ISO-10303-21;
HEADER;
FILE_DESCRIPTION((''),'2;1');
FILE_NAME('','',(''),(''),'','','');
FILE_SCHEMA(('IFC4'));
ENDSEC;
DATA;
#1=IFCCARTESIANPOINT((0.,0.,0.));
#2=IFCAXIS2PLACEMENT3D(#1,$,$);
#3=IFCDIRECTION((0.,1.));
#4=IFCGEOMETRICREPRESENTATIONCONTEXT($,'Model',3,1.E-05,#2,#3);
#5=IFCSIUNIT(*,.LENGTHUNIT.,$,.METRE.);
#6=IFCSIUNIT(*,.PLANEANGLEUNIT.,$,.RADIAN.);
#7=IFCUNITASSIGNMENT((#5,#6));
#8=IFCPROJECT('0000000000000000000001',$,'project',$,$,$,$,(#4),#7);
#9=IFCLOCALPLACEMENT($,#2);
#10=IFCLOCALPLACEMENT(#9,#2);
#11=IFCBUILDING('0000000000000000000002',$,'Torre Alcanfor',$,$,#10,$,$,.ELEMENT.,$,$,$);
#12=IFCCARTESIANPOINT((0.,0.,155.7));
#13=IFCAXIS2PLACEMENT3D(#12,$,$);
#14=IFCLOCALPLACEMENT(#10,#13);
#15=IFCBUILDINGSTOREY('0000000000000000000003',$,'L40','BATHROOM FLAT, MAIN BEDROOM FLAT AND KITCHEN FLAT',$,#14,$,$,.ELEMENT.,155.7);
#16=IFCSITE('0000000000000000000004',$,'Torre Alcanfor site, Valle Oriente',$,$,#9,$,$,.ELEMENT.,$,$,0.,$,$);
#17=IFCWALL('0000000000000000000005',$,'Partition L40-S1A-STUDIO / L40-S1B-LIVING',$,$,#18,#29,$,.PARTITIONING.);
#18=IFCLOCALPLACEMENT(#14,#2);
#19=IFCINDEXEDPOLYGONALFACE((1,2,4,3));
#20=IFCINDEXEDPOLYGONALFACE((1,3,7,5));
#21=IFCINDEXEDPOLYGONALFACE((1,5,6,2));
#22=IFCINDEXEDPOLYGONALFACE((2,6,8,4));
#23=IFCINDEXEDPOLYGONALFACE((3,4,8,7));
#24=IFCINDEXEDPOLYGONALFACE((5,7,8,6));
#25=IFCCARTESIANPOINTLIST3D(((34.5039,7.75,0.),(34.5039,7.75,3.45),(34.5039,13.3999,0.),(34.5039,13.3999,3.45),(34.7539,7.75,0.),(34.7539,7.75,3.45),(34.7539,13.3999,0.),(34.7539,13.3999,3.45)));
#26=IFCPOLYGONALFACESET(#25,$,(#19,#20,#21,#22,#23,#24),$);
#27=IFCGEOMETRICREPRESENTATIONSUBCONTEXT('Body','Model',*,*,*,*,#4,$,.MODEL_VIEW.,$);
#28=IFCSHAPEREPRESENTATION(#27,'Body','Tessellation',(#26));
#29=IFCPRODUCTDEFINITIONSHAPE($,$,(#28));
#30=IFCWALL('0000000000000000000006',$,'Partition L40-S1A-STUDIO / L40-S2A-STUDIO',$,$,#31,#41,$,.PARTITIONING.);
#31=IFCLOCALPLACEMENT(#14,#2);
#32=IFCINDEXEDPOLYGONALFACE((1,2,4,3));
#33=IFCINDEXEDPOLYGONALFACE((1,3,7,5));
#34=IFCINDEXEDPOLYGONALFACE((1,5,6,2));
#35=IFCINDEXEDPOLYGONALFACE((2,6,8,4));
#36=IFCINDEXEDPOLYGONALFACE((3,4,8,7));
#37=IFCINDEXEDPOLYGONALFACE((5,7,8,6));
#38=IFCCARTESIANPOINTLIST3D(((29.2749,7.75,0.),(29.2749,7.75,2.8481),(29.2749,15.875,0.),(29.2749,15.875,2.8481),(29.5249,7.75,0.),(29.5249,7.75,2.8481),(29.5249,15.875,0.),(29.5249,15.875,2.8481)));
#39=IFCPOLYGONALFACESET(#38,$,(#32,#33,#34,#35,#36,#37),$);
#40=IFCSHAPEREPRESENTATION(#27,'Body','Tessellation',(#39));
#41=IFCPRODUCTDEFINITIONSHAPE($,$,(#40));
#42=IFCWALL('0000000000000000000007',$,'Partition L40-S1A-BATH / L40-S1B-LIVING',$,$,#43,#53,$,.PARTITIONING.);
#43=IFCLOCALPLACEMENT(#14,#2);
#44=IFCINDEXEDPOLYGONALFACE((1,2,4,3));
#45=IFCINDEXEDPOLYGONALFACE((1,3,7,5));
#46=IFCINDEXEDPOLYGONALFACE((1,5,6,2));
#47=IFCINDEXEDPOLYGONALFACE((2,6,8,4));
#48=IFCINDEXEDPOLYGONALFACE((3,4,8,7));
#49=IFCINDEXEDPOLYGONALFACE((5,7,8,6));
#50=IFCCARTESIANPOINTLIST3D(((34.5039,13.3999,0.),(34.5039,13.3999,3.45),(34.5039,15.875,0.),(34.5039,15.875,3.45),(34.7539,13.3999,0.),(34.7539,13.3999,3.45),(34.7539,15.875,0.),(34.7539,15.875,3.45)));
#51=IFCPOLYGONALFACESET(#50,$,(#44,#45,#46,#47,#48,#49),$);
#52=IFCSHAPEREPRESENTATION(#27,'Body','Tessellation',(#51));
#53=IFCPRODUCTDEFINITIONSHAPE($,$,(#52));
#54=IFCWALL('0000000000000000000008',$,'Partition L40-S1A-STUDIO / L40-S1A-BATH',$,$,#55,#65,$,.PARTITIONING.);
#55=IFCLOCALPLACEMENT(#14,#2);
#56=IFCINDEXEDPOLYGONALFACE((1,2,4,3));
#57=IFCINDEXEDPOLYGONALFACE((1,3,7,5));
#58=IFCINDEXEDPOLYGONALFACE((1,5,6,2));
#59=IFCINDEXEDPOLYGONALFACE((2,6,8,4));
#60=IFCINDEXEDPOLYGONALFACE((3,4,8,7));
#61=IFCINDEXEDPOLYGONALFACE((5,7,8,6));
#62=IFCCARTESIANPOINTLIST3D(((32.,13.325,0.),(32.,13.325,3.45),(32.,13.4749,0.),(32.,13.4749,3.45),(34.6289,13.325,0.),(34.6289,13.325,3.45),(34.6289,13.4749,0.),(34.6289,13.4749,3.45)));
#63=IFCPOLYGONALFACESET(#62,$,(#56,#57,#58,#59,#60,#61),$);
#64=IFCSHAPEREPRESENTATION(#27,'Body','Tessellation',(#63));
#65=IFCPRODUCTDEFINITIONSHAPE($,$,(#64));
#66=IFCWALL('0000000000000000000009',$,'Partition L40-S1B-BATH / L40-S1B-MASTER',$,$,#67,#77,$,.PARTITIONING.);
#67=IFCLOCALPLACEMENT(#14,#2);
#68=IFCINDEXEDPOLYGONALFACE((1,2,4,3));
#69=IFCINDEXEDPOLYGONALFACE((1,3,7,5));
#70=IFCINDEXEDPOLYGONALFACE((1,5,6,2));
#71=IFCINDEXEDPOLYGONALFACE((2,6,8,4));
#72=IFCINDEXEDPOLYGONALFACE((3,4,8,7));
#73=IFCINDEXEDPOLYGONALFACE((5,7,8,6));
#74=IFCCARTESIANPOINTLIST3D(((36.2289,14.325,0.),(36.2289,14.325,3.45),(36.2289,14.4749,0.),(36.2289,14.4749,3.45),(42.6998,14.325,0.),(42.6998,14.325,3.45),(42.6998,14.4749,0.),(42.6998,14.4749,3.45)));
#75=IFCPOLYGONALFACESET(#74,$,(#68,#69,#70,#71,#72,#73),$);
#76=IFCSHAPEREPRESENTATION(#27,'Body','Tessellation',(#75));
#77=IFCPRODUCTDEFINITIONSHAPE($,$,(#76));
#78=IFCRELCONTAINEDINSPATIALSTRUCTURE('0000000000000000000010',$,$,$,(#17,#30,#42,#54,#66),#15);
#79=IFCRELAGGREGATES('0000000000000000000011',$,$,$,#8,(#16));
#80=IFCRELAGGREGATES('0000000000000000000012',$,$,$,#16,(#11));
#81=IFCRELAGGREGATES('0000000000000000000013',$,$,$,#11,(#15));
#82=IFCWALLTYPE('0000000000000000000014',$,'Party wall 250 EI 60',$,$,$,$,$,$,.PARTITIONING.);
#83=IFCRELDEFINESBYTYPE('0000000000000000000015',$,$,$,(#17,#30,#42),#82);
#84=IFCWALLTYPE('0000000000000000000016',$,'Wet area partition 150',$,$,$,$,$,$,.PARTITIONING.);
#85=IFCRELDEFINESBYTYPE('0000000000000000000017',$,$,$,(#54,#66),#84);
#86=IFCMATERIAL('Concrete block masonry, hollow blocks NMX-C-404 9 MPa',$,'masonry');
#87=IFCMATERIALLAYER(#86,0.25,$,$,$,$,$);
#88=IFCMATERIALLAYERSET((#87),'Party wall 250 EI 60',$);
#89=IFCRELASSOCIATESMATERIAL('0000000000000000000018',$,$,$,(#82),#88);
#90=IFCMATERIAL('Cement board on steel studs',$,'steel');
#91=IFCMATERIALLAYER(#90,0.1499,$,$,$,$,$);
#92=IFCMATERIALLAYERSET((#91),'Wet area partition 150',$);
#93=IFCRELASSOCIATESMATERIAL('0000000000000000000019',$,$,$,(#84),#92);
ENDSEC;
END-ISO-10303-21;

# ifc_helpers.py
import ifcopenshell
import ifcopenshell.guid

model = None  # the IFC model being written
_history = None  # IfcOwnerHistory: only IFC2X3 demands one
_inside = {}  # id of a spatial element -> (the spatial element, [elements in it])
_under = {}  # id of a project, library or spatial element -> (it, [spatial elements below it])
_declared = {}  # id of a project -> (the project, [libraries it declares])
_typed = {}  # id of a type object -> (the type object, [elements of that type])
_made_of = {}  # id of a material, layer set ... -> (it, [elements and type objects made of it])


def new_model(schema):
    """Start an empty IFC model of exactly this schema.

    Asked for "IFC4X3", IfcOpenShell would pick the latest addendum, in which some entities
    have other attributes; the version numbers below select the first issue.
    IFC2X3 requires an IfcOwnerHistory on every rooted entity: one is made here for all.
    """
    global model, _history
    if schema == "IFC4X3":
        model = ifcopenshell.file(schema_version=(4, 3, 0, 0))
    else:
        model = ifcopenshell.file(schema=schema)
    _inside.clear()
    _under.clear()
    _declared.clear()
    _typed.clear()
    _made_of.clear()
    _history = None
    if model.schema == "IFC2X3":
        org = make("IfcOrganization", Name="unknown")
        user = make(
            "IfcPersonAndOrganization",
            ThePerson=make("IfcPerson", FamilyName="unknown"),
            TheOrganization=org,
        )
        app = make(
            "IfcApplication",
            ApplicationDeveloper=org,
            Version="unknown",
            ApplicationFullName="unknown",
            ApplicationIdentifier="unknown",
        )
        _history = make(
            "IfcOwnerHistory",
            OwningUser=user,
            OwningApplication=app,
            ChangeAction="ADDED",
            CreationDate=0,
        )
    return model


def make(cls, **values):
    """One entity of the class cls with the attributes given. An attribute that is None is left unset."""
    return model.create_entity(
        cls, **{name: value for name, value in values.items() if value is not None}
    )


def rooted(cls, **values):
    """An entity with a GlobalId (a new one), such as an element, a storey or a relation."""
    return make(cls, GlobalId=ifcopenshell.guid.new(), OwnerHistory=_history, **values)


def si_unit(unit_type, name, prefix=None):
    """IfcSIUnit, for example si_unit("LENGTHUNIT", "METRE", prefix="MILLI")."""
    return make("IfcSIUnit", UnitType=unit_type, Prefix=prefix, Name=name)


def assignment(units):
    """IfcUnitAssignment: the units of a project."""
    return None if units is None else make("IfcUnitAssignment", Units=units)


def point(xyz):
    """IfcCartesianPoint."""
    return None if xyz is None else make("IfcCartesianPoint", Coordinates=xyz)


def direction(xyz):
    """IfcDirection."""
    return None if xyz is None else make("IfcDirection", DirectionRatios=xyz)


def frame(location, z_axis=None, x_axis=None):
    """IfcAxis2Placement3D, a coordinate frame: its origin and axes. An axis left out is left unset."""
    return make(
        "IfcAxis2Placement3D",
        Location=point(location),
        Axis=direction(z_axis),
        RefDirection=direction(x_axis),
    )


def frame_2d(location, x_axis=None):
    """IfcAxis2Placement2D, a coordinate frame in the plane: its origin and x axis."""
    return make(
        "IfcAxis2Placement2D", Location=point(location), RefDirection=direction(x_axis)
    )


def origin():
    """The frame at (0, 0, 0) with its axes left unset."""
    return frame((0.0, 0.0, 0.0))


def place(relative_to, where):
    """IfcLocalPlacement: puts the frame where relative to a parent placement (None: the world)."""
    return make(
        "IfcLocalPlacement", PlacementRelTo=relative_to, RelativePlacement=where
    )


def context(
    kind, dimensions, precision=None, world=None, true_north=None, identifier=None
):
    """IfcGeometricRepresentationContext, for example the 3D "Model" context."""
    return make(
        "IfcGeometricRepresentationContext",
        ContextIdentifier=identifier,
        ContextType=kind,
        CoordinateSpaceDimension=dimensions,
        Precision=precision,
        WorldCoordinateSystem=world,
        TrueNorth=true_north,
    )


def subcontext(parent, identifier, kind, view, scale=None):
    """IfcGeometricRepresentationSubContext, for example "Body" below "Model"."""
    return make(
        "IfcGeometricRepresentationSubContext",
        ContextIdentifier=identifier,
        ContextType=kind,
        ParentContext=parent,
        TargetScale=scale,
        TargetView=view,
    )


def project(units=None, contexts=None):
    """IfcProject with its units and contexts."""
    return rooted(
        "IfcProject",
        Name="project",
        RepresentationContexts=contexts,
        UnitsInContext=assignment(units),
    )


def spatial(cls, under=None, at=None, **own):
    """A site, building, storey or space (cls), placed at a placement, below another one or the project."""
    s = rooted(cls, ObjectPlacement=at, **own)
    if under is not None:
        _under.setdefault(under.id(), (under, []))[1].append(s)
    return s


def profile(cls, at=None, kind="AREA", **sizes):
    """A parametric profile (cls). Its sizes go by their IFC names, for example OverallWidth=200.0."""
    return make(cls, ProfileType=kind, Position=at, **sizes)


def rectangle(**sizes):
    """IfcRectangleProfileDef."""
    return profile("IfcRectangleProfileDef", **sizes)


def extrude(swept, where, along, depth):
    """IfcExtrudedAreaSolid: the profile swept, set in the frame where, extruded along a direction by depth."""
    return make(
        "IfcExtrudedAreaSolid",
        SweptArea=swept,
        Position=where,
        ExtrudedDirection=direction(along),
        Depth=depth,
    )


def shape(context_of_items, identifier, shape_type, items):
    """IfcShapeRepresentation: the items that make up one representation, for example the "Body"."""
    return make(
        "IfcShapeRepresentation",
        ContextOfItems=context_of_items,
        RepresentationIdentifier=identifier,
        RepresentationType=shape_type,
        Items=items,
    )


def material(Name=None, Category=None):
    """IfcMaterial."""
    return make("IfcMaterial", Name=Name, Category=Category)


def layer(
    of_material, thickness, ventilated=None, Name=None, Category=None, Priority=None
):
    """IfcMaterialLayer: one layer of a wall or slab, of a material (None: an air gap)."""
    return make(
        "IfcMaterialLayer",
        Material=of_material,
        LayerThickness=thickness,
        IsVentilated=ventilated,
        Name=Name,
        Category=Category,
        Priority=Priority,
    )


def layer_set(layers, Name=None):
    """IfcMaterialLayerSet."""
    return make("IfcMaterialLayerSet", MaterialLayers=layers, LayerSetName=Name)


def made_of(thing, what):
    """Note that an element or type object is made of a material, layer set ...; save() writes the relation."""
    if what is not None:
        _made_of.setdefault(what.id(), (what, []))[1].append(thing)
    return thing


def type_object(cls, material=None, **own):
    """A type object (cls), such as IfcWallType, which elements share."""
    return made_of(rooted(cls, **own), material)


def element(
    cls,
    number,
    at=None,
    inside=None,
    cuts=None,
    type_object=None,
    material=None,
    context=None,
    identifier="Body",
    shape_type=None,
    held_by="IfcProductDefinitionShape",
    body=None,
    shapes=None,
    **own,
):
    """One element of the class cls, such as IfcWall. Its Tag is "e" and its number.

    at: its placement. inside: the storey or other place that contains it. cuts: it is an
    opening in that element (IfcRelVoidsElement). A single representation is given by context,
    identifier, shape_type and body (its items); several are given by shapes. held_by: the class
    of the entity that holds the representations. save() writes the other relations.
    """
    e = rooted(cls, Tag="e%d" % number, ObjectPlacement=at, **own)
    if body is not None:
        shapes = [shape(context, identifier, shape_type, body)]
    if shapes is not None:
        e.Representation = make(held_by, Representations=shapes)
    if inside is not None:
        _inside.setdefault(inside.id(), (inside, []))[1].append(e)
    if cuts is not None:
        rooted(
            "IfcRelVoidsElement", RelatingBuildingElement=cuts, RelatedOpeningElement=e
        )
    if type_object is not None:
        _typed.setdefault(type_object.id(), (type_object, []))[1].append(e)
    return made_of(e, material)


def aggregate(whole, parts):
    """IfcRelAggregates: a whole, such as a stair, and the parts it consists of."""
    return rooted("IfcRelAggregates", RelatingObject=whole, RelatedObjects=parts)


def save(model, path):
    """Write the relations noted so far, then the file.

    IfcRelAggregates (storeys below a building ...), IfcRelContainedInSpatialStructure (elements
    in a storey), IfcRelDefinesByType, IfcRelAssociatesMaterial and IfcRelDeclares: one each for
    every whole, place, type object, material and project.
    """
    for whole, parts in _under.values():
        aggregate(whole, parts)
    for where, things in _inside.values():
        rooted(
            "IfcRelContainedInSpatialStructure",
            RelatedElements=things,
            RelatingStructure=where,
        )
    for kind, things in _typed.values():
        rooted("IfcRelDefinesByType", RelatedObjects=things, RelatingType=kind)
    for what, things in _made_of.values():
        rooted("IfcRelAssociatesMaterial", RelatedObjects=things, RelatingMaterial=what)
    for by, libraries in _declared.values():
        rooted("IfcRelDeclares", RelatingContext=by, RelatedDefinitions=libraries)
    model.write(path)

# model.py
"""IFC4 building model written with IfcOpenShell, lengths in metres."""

from ifc_helpers import new_model, si_unit, direction, frame, frame_2d, origin, place, context, subcontext, project, spatial, rectangle, extrude, material, layer, layer_set, type_object, element, save


model = new_model("IFC4")

# Units and contexts
model_context = context("Model", 3, precision=1e-05, world=origin(), true_north=direction((0.0, 1.0)))
body_context = subcontext(model_context, "Body", "Model", "MODEL_VIEW")
ifc_project = project(units=[si_unit("LENGTHUNIT", "METRE"), si_unit("PLANEANGLEUNIT", "RADIAN")], contexts=[model_context])

# Site, building, storey
site_placement = place(None, origin())
site = spatial("IfcSite", under=ifc_project, at=site_placement, Name="Torre Alcanfor site, Valle Oriente", CompositionType="ELEMENT", RefElevation=0.0)
building_placement = place(site_placement, origin())
building = spatial("IfcBuilding", under=site, at=building_placement, Name="Torre Alcanfor", CompositionType="ELEMENT")
storey_placement = place(building_placement, frame((0.0, 0.0, 155.7)))
storey = spatial("IfcBuildingStorey", under=building, at=storey_placement, Name="L40", Description="BATHROOM FLAT, MAIN BEDROOM FLAT AND KITCHEN FLAT", CompositionType="ELEMENT", Elevation=155.7)

# Walls
ifc_material_1 = material(Name="Concrete block masonry, hollow blocks NMX-C-404 9 MPa", Category="masonry")
ifc_layer_1 = layer(ifc_material_1, 0.25)
ifc_layer_set_1 = layer_set([ifc_layer_1], Name="Party wall 250 EI 60")
wall_type_1 = type_object("IfcWallType", Name="Party wall 250 EI 60", PredefinedType="PARTITIONING", material=ifc_layer_set_1)
wall_1_placement = place(storey_placement, frame((34.6289, 13.3999, 0.0), z_axis=(0.0, 0.0, 1.0), x_axis=(0.0, -1.0, 0.0)))
element("IfcWall", 1, at=wall_1_placement, inside=storey, type_object=wall_type_1, Name="Partition L40-S1A-STUDIO / L40-S1B-LIVING", PredefinedType="PARTITIONING", context=body_context, shape_type="SweptSolid", body=[
    extrude(rectangle(XDim=5.6499, YDim=0.25, at=frame_2d((2.825, 0.0))), origin(), (0.0, 0.0, 1.0), 3.45),
])
wall_2_placement = place(storey_placement, frame((29.3999, 7.75, 0.0), z_axis=(0.0, 0.0, 1.0), x_axis=(0.0, 1.0, 0.0)))
element("IfcWall", 2, at=wall_2_placement, inside=storey, type_object=wall_type_1, Name="Partition L40-S1A-STUDIO / L40-S2A-STUDIO", PredefinedType="PARTITIONING", context=body_context, shape_type="SweptSolid", body=[
    extrude(rectangle(XDim=8.125, YDim=0.25, at=frame_2d((4.0625, 0.0))), origin(), (0.0, 0.0, 1.0), 2.8481),
])
wall_3_placement = place(storey_placement, frame((34.6289, 13.3999, 0.0), z_axis=(0.0, 0.0, 1.0), x_axis=(0.0, 1.0, 0.0)))
element("IfcWall", 3, at=wall_3_placement, inside=storey, type_object=wall_type_1, Name="Partition L40-S1A-BATH / L40-S1B-LIVING", PredefinedType="PARTITIONING", context=body_context, shape_type="SweptSolid", body=[
    extrude(rectangle(XDim=2.4751, YDim=0.25, at=frame_2d((1.2375, 0.0))), origin(), (0.0, 0.0, 1.0), 3.45),
])
ifc_material_2 = material(Name="Cement board on steel studs", Category="steel")
ifc_layer_2 = layer(ifc_material_2, 0.1499)
ifc_layer_set_2 = layer_set([ifc_layer_2], Name="Wet area partition 150")
wall_type_2 = type_object("IfcWallType", Name="Wet area partition 150", PredefinedType="PARTITIONING", material=ifc_layer_set_2)
wall_4_placement = place(storey_placement, frame((32.0, 13.3999, 0.0), z_axis=(0.0, 0.0, 1.0), x_axis=(1.0, 0.0, 0.0)))
element("IfcWall", 4, at=wall_4_placement, inside=storey, type_object=wall_type_2, Name="Partition L40-S1A-STUDIO / L40-S1A-BATH", PredefinedType="PARTITIONING", context=body_context, shape_type="SweptSolid", body=[
    extrude(rectangle(XDim=2.6289, YDim=0.1499, at=frame_2d((1.3145, 0.0))), origin(), (0.0, 0.0, 1.0), 3.45),
])
wall_5_placement = place(storey_placement, frame((36.229, 14.3999, 0.0), z_axis=(0.0, 0.0, 1.0), x_axis=(1.0, 0.0, 0.0)))
element("IfcWall", 5, at=wall_5_placement, inside=storey, type_object=wall_type_2, Name="Partition L40-S1B-BATH / L40-S1B-MASTER", PredefinedType="PARTITIONING", context=body_context, shape_type="SweptSolid", body=[
    extrude(rectangle(XDim=6.4709, YDim=0.1499, at=frame_2d((3.2354, 0.0))), origin(), (0.0, 0.0, 1.0), 3.45),
])

save(model, "model.ifc")
